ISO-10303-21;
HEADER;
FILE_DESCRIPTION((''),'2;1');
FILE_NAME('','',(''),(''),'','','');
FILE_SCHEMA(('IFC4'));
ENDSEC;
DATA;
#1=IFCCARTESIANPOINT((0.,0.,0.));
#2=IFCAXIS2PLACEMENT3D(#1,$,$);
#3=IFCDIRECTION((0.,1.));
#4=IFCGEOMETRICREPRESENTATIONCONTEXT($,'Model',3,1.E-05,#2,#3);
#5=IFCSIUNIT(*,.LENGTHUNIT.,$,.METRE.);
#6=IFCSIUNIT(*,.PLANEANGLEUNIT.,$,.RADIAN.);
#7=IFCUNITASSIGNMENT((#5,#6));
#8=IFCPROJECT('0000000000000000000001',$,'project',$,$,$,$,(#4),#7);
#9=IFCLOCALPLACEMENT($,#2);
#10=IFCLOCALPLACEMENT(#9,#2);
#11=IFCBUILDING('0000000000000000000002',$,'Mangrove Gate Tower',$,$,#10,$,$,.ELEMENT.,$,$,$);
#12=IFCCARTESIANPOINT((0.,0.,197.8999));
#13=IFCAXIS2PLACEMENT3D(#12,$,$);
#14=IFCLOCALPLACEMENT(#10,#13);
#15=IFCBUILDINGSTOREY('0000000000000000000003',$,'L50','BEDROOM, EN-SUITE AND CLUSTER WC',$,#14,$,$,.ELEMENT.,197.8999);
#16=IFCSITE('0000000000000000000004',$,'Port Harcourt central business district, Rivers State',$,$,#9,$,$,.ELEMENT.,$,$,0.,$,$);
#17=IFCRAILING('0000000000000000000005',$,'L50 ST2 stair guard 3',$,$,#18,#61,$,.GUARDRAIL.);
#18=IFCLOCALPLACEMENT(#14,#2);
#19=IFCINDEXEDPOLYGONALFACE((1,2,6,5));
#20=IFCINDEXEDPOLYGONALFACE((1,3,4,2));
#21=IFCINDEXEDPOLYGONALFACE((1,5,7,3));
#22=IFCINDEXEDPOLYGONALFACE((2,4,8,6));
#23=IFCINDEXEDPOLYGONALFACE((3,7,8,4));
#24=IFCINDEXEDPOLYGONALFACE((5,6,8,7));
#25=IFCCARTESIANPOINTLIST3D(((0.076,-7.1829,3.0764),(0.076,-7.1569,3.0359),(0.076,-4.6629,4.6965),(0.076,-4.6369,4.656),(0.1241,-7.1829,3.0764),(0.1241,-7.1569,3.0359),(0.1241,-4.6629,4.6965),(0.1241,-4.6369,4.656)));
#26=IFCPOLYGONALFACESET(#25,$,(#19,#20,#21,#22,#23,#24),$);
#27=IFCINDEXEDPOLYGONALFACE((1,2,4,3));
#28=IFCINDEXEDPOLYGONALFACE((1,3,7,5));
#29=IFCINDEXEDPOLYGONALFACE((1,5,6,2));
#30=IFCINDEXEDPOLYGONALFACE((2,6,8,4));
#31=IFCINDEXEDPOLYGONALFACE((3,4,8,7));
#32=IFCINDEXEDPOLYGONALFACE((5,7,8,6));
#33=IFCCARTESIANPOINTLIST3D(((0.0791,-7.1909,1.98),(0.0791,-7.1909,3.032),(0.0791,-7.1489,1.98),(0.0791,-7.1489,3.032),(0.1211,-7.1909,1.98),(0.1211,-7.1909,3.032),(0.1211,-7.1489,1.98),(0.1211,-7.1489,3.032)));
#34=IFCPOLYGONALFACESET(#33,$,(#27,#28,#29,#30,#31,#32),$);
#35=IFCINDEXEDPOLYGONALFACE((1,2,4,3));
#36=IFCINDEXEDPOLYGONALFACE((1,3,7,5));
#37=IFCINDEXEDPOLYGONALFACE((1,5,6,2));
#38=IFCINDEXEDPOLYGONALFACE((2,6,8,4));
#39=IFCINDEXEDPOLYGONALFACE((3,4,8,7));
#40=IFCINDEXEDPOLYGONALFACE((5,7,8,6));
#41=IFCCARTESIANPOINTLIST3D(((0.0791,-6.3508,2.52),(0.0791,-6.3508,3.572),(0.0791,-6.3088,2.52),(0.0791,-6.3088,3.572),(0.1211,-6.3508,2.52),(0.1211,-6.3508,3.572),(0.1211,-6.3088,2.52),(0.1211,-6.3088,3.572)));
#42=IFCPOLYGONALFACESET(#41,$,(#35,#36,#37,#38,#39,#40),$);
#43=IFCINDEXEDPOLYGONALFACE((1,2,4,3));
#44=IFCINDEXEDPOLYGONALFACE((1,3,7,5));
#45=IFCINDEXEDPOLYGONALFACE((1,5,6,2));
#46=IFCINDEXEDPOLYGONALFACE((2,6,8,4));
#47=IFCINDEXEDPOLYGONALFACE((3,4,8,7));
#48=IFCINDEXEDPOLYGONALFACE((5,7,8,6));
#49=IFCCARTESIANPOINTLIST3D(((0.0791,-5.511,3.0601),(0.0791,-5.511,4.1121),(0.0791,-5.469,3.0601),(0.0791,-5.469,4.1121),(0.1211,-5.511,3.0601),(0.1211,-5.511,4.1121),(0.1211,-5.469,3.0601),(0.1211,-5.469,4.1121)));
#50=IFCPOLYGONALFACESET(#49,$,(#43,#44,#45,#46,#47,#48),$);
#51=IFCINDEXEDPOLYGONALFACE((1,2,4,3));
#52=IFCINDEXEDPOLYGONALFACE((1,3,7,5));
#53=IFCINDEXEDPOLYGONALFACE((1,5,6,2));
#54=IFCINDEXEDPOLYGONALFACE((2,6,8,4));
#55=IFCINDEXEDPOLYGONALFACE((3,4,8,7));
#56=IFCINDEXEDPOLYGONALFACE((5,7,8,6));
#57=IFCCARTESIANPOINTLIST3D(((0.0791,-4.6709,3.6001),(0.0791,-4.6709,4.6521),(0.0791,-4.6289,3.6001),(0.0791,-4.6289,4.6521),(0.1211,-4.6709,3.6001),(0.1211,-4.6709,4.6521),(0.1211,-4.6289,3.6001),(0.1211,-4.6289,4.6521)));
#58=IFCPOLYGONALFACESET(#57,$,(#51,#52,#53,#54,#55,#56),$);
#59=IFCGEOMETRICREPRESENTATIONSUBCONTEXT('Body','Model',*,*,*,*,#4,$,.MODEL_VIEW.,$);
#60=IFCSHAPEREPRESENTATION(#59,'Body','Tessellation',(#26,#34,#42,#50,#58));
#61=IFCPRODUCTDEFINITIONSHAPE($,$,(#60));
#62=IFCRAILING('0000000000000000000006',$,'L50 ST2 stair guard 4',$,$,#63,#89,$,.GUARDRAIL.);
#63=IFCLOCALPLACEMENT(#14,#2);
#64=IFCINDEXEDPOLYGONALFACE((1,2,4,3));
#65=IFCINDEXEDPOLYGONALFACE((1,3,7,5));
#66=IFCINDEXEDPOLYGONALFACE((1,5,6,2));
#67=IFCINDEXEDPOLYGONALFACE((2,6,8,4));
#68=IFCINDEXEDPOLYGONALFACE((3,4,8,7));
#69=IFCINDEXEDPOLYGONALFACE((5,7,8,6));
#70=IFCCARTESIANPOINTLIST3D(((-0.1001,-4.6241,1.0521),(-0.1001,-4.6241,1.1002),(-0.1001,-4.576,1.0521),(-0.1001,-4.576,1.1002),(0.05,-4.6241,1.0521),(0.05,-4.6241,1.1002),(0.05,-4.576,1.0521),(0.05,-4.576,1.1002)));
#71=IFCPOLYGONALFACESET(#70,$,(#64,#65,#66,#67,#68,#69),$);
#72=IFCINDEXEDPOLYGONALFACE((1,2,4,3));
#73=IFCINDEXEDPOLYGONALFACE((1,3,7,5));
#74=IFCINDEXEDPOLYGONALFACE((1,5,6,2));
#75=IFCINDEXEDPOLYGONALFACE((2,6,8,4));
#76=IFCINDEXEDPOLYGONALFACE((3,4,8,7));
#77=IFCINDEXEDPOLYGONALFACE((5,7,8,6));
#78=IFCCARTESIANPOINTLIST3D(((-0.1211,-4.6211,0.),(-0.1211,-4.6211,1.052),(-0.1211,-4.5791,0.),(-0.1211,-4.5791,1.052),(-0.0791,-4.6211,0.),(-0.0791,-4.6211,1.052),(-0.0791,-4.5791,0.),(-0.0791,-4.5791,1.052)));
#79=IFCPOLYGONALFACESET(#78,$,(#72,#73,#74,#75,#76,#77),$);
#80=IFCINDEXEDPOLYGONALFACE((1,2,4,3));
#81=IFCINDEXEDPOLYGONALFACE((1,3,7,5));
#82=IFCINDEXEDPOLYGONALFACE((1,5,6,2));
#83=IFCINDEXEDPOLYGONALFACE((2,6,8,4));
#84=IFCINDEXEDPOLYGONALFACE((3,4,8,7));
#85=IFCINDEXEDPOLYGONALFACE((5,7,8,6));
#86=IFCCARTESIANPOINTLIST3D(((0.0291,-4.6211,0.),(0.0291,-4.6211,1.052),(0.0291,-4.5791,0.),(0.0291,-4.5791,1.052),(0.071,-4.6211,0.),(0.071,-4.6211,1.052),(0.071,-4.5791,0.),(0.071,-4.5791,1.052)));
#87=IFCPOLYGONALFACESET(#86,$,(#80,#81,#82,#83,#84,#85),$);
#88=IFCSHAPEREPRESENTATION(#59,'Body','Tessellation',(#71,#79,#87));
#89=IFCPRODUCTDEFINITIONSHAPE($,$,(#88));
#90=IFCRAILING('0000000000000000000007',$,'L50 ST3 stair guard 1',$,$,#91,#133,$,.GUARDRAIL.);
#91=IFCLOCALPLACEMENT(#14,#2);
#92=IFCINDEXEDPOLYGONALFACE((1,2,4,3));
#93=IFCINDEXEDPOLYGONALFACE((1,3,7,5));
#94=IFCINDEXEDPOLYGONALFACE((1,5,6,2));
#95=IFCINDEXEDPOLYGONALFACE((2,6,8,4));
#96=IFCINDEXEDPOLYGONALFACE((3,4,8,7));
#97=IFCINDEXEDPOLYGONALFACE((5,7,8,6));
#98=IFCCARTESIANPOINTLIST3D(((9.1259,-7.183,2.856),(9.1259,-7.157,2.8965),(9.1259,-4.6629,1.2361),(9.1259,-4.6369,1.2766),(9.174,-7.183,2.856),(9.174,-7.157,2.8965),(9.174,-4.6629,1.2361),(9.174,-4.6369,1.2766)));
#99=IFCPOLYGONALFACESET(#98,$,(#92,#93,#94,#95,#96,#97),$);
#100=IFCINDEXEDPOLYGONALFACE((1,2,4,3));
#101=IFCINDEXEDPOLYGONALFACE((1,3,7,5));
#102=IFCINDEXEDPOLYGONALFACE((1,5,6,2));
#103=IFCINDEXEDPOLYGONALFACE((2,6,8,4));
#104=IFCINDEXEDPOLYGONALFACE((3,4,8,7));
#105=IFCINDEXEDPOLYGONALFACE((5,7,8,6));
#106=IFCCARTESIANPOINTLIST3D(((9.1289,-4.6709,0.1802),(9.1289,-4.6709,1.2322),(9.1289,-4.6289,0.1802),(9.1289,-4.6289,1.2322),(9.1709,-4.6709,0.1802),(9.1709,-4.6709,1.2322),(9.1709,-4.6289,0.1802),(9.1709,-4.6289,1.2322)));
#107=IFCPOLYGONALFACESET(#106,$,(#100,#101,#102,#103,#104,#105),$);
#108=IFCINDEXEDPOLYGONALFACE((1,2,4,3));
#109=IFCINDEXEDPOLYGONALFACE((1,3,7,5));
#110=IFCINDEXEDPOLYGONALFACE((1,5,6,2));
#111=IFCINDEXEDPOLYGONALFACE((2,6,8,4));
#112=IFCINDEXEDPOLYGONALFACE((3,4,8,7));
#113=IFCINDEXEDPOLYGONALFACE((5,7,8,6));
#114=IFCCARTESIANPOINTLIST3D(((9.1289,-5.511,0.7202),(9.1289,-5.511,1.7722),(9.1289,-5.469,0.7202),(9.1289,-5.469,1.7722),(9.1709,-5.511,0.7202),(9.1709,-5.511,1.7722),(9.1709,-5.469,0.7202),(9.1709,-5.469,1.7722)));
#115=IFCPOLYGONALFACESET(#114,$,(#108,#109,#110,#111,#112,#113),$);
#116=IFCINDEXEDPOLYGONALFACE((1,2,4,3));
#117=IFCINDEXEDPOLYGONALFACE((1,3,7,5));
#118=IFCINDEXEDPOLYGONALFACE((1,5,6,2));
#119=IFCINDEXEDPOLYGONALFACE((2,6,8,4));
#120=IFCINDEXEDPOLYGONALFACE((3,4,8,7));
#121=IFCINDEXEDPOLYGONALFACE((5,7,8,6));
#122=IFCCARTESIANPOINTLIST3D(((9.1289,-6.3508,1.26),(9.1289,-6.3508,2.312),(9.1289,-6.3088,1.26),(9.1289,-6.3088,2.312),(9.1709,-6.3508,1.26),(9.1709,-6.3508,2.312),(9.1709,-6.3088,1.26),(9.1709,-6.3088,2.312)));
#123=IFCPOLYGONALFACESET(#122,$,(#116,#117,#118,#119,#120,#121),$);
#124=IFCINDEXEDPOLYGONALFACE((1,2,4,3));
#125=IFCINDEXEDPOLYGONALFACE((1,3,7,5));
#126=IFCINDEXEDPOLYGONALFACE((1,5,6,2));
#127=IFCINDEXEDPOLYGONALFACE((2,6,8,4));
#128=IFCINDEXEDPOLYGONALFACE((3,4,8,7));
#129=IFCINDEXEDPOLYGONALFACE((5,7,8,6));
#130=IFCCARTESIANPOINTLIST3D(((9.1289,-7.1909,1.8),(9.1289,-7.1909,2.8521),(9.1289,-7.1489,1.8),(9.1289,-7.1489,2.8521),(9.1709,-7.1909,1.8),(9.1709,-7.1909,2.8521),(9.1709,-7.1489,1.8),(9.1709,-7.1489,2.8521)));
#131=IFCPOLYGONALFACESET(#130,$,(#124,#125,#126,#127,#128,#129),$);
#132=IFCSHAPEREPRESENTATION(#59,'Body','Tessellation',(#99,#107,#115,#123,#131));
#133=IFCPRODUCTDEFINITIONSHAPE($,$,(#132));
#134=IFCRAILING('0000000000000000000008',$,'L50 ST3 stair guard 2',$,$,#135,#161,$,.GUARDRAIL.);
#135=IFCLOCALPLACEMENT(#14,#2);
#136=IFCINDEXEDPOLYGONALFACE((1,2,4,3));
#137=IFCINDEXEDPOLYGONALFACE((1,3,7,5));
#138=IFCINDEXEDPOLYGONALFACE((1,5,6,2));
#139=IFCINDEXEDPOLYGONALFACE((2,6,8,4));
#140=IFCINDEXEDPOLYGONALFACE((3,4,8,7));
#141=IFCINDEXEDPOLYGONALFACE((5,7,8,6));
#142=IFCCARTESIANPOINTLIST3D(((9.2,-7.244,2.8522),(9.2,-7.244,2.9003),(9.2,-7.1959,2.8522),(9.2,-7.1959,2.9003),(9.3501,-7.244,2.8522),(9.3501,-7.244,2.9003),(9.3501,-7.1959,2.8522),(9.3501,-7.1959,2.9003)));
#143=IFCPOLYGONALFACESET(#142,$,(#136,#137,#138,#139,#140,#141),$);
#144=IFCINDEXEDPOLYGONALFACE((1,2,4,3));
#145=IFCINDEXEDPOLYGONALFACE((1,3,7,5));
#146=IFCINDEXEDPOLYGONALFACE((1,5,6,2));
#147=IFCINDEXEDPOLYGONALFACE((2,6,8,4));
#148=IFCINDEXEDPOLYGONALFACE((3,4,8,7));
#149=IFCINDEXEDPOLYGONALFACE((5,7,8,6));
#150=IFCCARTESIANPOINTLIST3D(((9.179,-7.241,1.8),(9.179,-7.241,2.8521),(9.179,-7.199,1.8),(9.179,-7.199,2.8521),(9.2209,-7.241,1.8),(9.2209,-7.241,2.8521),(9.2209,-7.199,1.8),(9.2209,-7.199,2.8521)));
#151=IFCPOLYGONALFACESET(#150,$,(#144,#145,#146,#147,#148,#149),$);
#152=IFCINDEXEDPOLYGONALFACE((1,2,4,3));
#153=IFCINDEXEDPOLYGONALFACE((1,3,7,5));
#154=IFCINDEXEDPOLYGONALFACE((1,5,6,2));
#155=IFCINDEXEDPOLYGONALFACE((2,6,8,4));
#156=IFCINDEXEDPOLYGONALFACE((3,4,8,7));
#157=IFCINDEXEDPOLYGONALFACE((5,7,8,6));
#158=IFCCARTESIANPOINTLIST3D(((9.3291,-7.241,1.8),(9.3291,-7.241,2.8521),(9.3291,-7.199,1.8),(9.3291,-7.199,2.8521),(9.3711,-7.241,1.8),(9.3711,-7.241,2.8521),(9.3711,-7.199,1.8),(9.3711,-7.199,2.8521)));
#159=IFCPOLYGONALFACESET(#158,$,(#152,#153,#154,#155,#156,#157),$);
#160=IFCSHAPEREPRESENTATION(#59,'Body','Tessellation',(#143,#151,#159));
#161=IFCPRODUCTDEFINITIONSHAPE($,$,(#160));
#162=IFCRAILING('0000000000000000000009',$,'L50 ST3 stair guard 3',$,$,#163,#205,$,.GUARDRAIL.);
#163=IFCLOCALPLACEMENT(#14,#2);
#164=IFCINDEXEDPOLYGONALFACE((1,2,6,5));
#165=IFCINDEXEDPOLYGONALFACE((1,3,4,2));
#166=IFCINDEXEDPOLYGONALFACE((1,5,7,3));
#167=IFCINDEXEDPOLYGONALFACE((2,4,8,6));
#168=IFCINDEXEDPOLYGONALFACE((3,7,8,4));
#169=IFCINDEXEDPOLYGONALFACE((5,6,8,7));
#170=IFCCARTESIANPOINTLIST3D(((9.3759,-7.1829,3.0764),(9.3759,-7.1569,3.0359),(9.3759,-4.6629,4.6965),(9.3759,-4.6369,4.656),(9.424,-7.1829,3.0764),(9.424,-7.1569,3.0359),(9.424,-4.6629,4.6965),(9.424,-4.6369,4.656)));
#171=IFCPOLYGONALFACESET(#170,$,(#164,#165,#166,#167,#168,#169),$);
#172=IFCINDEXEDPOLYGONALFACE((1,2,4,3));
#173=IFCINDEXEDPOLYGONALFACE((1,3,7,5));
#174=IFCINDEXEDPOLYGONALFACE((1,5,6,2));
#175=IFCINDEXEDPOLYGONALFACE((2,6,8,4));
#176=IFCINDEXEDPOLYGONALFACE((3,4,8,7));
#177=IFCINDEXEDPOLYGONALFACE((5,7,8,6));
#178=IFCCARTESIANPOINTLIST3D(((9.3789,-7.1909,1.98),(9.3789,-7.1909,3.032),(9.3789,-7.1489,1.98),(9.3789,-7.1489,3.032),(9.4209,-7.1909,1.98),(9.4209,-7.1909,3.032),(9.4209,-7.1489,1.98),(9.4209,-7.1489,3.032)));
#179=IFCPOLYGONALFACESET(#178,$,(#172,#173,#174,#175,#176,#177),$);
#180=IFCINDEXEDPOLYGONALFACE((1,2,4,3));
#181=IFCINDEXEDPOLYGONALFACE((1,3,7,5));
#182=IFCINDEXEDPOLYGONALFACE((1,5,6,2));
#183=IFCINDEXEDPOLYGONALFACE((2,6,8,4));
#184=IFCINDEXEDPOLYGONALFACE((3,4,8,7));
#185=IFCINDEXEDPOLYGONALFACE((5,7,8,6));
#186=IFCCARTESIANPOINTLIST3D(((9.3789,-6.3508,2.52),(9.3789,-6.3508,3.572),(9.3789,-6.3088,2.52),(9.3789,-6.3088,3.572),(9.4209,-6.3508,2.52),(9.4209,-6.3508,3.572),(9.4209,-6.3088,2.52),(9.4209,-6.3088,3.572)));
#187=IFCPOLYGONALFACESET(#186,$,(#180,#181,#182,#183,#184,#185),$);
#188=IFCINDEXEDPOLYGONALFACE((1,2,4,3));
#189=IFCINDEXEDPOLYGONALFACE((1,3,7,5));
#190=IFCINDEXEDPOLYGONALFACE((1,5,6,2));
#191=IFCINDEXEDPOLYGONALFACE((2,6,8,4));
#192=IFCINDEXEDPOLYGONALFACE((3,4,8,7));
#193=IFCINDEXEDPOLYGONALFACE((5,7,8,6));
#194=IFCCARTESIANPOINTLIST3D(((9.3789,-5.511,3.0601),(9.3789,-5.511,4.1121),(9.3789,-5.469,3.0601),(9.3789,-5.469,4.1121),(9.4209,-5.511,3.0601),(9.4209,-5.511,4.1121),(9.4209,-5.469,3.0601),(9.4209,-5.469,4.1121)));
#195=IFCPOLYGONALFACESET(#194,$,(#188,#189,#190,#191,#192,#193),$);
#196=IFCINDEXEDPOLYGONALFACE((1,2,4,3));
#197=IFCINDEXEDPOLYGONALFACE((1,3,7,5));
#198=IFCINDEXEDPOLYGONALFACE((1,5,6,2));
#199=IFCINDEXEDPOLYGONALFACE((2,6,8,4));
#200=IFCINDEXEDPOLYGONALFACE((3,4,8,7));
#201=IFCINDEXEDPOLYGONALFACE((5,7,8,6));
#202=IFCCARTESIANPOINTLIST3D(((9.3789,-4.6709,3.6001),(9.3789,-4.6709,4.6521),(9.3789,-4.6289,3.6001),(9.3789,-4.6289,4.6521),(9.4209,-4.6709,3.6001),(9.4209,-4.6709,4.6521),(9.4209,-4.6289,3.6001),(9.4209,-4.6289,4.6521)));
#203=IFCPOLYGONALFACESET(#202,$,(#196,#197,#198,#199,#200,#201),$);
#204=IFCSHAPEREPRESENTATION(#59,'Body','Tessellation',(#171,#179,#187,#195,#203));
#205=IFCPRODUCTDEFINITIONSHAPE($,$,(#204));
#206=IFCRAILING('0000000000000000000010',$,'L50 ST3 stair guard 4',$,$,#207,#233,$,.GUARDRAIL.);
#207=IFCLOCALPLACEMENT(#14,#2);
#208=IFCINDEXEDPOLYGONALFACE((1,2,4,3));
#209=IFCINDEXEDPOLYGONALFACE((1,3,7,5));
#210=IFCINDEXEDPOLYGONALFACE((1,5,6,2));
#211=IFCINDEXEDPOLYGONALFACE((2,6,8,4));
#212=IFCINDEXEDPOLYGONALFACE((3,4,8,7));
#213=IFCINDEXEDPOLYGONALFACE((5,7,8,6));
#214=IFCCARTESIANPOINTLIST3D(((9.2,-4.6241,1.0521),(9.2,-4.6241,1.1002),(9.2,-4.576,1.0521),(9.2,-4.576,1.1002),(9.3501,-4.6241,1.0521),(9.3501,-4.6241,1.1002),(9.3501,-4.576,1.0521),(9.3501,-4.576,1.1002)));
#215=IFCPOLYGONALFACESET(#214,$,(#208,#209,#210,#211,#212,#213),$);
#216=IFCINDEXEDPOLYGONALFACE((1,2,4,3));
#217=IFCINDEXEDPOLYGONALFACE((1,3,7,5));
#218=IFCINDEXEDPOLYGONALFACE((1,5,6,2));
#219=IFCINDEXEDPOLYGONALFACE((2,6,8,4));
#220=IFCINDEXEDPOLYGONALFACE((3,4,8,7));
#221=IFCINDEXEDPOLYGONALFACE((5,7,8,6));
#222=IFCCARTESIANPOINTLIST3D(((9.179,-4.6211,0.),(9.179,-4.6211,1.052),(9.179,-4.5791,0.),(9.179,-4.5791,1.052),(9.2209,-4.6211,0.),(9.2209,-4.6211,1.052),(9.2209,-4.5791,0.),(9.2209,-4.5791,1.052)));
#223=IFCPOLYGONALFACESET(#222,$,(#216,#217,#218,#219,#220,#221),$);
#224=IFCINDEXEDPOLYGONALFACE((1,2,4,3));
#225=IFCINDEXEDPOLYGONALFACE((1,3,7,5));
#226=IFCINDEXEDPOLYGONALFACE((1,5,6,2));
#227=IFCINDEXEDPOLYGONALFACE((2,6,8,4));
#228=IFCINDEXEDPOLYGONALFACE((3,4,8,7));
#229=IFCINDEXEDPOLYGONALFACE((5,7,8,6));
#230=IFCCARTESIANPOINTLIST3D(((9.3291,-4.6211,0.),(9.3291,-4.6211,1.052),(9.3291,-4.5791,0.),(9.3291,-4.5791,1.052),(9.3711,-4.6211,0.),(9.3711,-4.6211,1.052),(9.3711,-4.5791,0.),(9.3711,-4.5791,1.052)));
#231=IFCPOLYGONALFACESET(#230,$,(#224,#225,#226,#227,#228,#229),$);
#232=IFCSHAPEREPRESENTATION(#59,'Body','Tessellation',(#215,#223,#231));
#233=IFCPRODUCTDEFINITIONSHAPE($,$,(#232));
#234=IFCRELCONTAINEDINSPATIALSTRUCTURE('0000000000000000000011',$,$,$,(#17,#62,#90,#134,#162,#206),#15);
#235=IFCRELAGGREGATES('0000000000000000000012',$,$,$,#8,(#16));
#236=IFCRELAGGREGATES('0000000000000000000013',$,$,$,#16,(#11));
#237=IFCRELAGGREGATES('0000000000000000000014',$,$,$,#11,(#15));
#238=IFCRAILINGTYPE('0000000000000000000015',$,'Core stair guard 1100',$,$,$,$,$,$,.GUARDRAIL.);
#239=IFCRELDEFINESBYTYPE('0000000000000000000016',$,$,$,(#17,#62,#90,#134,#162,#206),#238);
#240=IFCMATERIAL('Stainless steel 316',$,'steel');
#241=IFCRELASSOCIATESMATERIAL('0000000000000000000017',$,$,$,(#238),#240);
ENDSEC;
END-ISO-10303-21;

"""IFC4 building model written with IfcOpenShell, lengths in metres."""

from ifc_helpers import new_model, si_unit, direction, frame, origin, origin_2d, place, context, subcontext, project, spatial, rectangle, extrude, material, type_object, element, save


model = new_model("IFC4")

# Units and contexts
model_context = context("Model", 3, precision=1e-05, world=origin(), true_north=direction((0.0, 1.0)))
body_context = subcontext(model_context, "Body", "Model", "MODEL_VIEW")
ifc_project = project(units=[si_unit("LENGTHUNIT", "METRE"), si_unit("PLANEANGLEUNIT", "RADIAN")], contexts=[model_context])

# Site, building, storey
site_placement = place(None, origin())
site = spatial("IfcSite", under=ifc_project, at=site_placement, Name="Port Harcourt central business district, Rivers State", CompositionType="ELEMENT", RefElevation=0.0)
building_placement = place(site_placement, origin())
building = spatial("IfcBuilding", under=site, at=building_placement, Name="Mangrove Gate Tower", CompositionType="ELEMENT")
storey_placement = place(building_placement, frame((0.0, 0.0, 197.8999)))
storey = spatial("IfcBuildingStorey", under=building, at=storey_placement, Name="L50", Description="BEDROOM, EN-SUITE AND CLUSTER WC", CompositionType="ELEMENT", Elevation=197.8999)

# Railings
ifc_material_1 = material(Name="Stainless steel 316", Category="steel")
railing_type_1 = type_object("IfcRailingType", Name="Core stair guard 1100", PredefinedType="GUARDRAIL", material=ifc_material_1)
railing_1_placement = place(storey_placement, frame((0.1001, -7.1699, 1.98)))
element("IfcRailing", 1, at=railing_1_placement, inside=storey, type_object=railing_type_1, Name="L50 ST2 stair guard 3", PredefinedType="GUARDRAIL", context=body_context, shape_type="SweptSolid", body=[
    extrude(rectangle(XDim=0.0481, YDim=0.0481, at=origin_2d()), frame((0.0, 0.0, 1.0762), z_axis=(0.0, 0.841163, 0.540782), x_axis=(-1.0, 0.0, 0.0)), (0.0, 0.0, 1.0), 2.9958),
    extrude(rectangle(XDim=0.042, YDim=0.042, at=origin_2d()), origin(), (0.0, 0.0, 1.0), 1.052),
    extrude(rectangle(XDim=0.042, YDim=0.042, at=origin_2d()), frame((0.0, 0.8401, 0.54)), (0.0, 0.0, 1.0), 1.052),
    extrude(rectangle(XDim=0.042, YDim=0.042, at=origin_2d()), frame((0.0, 1.6799, 1.0801)), (0.0, 0.0, 1.0), 1.052),
    extrude(rectangle(XDim=0.042, YDim=0.042, at=origin_2d()), frame((0.0, 2.52, 1.6201)), (0.0, 0.0, 1.0), 1.052),
])
railing_2_placement = place(storey_placement, frame((-0.1001, -4.6001, 0.0)))
element("IfcRailing", 2, at=railing_2_placement, inside=storey, type_object=railing_type_1, Name="L50 ST2 stair guard 4", PredefinedType="GUARDRAIL", context=body_context, shape_type="SweptSolid", body=[
    extrude(rectangle(XDim=0.0481, YDim=0.0481, at=origin_2d()), frame((0.0, 0.0, 1.0762), z_axis=(1.0, 0.0, 0.0), x_axis=(0.0, 1.0, 0.0)), (0.0, 0.0, 1.0), 0.1501),
    extrude(rectangle(XDim=0.042, YDim=0.042, at=origin_2d()), origin(), (0.0, 0.0, 1.0), 1.052),
    extrude(rectangle(XDim=0.042, YDim=0.042, at=origin_2d()), frame((0.1501, 0.0, 0.0)), (0.0, 0.0, 1.0), 1.052),
])
railing_3_placement = place(storey_placement, frame((9.1499, -4.6499, 0.1802)))
element("IfcRailing", 3, at=railing_3_placement, inside=storey, type_object=railing_type_1, Name="L50 ST3 stair guard 1", PredefinedType="GUARDRAIL", context=body_context, shape_type="SweptSolid", body=[
    extrude(rectangle(XDim=0.0481, YDim=0.0481, at=origin_2d()), frame((0.0, 0.0, 1.0762), z_axis=(0.0, -0.8412, 0.540725), x_axis=(1.0, 0.0, 0.0)), (0.0, 0.0, 1.0), 2.9958),
    extrude(rectangle(XDim=0.042, YDim=0.042, at=origin_2d()), origin(), (0.0, 0.0, 1.0), 1.052),
    extrude(rectangle(XDim=0.042, YDim=0.042, at=origin_2d()), frame((0.0, -0.8401, 0.54)), (0.0, 0.0, 1.0), 1.052),
    extrude(rectangle(XDim=0.042, YDim=0.042, at=origin_2d()), frame((0.0, -1.6799, 1.0798)), (0.0, 0.0, 1.0), 1.052),
    extrude(rectangle(XDim=0.042, YDim=0.042, at=origin_2d()), frame((0.0, -2.52, 1.6199)), (0.0, 0.0, 1.0), 1.052),
])
railing_4_placement = place(storey_placement, frame((9.2, -7.22, 1.8)))
element("IfcRailing", 4, at=railing_4_placement, inside=storey, type_object=railing_type_1, Name="L50 ST3 stair guard 2", PredefinedType="GUARDRAIL", context=body_context, shape_type="SweptSolid", body=[
    extrude(rectangle(XDim=0.0481, YDim=0.0481, at=origin_2d()), frame((0.0, 0.0, 1.0762), z_axis=(1.0, 0.0, 0.0), x_axis=(0.0, 1.0, 0.0)), (0.0, 0.0, 1.0), 0.1501),
    extrude(rectangle(XDim=0.042, YDim=0.042, at=origin_2d()), origin(), (0.0, 0.0, 1.0), 1.052),
    extrude(rectangle(XDim=0.042, YDim=0.042, at=origin_2d()), frame((0.1501, 0.0, 0.0)), (0.0, 0.0, 1.0), 1.052),
])
railing_5_placement = place(storey_placement, frame((9.3999, -7.1699, 1.98)))
element("IfcRailing", 5, at=railing_5_placement, inside=storey, type_object=railing_type_1, Name="L50 ST3 stair guard 3", PredefinedType="GUARDRAIL", context=body_context, shape_type="SweptSolid", body=[
    extrude(rectangle(XDim=0.0481, YDim=0.0481, at=origin_2d()), frame((0.0, 0.0, 1.0762), z_axis=(0.0, 0.841163, 0.540782), x_axis=(-1.0, 0.0, 0.0)), (0.0, 0.0, 1.0), 2.9958),
    extrude(rectangle(XDim=0.042, YDim=0.042, at=origin_2d()), origin(), (0.0, 0.0, 1.0), 1.052),
    extrude(rectangle(XDim=0.042, YDim=0.042, at=origin_2d()), frame((0.0, 0.8401, 0.54)), (0.0, 0.0, 1.0), 1.052),
    extrude(rectangle(XDim=0.042, YDim=0.042, at=origin_2d()), frame((0.0, 1.6799, 1.0801)), (0.0, 0.0, 1.0), 1.052),
    extrude(rectangle(XDim=0.042, YDim=0.042, at=origin_2d()), frame((0.0, 2.52, 1.6201)), (0.0, 0.0, 1.0), 1.052),
])
railing_6_placement = place(storey_placement, frame((9.2, -4.6001, 0.0)))
element("IfcRailing", 6, at=railing_6_placement, inside=storey, type_object=railing_type_1, Name="L50 ST3 stair guard 4", PredefinedType="GUARDRAIL", context=body_context, shape_type="SweptSolid", body=[
    extrude(rectangle(XDim=0.0481, YDim=0.0481, at=origin_2d()), frame((0.0, 0.0, 1.0762), z_axis=(1.0, 0.0, 0.0), x_axis=(0.0, 1.0, 0.0)), (0.0, 0.0, 1.0), 0.1501),
    extrude(rectangle(XDim=0.042, YDim=0.042, at=origin_2d()), origin(), (0.0, 0.0, 1.0), 1.052),
    extrude(rectangle(XDim=0.042, YDim=0.042, at=origin_2d()), frame((0.1501, 0.0, 0.0)), (0.0, 0.0, 1.0), 1.052),
])

save(model, "model.ifc")
